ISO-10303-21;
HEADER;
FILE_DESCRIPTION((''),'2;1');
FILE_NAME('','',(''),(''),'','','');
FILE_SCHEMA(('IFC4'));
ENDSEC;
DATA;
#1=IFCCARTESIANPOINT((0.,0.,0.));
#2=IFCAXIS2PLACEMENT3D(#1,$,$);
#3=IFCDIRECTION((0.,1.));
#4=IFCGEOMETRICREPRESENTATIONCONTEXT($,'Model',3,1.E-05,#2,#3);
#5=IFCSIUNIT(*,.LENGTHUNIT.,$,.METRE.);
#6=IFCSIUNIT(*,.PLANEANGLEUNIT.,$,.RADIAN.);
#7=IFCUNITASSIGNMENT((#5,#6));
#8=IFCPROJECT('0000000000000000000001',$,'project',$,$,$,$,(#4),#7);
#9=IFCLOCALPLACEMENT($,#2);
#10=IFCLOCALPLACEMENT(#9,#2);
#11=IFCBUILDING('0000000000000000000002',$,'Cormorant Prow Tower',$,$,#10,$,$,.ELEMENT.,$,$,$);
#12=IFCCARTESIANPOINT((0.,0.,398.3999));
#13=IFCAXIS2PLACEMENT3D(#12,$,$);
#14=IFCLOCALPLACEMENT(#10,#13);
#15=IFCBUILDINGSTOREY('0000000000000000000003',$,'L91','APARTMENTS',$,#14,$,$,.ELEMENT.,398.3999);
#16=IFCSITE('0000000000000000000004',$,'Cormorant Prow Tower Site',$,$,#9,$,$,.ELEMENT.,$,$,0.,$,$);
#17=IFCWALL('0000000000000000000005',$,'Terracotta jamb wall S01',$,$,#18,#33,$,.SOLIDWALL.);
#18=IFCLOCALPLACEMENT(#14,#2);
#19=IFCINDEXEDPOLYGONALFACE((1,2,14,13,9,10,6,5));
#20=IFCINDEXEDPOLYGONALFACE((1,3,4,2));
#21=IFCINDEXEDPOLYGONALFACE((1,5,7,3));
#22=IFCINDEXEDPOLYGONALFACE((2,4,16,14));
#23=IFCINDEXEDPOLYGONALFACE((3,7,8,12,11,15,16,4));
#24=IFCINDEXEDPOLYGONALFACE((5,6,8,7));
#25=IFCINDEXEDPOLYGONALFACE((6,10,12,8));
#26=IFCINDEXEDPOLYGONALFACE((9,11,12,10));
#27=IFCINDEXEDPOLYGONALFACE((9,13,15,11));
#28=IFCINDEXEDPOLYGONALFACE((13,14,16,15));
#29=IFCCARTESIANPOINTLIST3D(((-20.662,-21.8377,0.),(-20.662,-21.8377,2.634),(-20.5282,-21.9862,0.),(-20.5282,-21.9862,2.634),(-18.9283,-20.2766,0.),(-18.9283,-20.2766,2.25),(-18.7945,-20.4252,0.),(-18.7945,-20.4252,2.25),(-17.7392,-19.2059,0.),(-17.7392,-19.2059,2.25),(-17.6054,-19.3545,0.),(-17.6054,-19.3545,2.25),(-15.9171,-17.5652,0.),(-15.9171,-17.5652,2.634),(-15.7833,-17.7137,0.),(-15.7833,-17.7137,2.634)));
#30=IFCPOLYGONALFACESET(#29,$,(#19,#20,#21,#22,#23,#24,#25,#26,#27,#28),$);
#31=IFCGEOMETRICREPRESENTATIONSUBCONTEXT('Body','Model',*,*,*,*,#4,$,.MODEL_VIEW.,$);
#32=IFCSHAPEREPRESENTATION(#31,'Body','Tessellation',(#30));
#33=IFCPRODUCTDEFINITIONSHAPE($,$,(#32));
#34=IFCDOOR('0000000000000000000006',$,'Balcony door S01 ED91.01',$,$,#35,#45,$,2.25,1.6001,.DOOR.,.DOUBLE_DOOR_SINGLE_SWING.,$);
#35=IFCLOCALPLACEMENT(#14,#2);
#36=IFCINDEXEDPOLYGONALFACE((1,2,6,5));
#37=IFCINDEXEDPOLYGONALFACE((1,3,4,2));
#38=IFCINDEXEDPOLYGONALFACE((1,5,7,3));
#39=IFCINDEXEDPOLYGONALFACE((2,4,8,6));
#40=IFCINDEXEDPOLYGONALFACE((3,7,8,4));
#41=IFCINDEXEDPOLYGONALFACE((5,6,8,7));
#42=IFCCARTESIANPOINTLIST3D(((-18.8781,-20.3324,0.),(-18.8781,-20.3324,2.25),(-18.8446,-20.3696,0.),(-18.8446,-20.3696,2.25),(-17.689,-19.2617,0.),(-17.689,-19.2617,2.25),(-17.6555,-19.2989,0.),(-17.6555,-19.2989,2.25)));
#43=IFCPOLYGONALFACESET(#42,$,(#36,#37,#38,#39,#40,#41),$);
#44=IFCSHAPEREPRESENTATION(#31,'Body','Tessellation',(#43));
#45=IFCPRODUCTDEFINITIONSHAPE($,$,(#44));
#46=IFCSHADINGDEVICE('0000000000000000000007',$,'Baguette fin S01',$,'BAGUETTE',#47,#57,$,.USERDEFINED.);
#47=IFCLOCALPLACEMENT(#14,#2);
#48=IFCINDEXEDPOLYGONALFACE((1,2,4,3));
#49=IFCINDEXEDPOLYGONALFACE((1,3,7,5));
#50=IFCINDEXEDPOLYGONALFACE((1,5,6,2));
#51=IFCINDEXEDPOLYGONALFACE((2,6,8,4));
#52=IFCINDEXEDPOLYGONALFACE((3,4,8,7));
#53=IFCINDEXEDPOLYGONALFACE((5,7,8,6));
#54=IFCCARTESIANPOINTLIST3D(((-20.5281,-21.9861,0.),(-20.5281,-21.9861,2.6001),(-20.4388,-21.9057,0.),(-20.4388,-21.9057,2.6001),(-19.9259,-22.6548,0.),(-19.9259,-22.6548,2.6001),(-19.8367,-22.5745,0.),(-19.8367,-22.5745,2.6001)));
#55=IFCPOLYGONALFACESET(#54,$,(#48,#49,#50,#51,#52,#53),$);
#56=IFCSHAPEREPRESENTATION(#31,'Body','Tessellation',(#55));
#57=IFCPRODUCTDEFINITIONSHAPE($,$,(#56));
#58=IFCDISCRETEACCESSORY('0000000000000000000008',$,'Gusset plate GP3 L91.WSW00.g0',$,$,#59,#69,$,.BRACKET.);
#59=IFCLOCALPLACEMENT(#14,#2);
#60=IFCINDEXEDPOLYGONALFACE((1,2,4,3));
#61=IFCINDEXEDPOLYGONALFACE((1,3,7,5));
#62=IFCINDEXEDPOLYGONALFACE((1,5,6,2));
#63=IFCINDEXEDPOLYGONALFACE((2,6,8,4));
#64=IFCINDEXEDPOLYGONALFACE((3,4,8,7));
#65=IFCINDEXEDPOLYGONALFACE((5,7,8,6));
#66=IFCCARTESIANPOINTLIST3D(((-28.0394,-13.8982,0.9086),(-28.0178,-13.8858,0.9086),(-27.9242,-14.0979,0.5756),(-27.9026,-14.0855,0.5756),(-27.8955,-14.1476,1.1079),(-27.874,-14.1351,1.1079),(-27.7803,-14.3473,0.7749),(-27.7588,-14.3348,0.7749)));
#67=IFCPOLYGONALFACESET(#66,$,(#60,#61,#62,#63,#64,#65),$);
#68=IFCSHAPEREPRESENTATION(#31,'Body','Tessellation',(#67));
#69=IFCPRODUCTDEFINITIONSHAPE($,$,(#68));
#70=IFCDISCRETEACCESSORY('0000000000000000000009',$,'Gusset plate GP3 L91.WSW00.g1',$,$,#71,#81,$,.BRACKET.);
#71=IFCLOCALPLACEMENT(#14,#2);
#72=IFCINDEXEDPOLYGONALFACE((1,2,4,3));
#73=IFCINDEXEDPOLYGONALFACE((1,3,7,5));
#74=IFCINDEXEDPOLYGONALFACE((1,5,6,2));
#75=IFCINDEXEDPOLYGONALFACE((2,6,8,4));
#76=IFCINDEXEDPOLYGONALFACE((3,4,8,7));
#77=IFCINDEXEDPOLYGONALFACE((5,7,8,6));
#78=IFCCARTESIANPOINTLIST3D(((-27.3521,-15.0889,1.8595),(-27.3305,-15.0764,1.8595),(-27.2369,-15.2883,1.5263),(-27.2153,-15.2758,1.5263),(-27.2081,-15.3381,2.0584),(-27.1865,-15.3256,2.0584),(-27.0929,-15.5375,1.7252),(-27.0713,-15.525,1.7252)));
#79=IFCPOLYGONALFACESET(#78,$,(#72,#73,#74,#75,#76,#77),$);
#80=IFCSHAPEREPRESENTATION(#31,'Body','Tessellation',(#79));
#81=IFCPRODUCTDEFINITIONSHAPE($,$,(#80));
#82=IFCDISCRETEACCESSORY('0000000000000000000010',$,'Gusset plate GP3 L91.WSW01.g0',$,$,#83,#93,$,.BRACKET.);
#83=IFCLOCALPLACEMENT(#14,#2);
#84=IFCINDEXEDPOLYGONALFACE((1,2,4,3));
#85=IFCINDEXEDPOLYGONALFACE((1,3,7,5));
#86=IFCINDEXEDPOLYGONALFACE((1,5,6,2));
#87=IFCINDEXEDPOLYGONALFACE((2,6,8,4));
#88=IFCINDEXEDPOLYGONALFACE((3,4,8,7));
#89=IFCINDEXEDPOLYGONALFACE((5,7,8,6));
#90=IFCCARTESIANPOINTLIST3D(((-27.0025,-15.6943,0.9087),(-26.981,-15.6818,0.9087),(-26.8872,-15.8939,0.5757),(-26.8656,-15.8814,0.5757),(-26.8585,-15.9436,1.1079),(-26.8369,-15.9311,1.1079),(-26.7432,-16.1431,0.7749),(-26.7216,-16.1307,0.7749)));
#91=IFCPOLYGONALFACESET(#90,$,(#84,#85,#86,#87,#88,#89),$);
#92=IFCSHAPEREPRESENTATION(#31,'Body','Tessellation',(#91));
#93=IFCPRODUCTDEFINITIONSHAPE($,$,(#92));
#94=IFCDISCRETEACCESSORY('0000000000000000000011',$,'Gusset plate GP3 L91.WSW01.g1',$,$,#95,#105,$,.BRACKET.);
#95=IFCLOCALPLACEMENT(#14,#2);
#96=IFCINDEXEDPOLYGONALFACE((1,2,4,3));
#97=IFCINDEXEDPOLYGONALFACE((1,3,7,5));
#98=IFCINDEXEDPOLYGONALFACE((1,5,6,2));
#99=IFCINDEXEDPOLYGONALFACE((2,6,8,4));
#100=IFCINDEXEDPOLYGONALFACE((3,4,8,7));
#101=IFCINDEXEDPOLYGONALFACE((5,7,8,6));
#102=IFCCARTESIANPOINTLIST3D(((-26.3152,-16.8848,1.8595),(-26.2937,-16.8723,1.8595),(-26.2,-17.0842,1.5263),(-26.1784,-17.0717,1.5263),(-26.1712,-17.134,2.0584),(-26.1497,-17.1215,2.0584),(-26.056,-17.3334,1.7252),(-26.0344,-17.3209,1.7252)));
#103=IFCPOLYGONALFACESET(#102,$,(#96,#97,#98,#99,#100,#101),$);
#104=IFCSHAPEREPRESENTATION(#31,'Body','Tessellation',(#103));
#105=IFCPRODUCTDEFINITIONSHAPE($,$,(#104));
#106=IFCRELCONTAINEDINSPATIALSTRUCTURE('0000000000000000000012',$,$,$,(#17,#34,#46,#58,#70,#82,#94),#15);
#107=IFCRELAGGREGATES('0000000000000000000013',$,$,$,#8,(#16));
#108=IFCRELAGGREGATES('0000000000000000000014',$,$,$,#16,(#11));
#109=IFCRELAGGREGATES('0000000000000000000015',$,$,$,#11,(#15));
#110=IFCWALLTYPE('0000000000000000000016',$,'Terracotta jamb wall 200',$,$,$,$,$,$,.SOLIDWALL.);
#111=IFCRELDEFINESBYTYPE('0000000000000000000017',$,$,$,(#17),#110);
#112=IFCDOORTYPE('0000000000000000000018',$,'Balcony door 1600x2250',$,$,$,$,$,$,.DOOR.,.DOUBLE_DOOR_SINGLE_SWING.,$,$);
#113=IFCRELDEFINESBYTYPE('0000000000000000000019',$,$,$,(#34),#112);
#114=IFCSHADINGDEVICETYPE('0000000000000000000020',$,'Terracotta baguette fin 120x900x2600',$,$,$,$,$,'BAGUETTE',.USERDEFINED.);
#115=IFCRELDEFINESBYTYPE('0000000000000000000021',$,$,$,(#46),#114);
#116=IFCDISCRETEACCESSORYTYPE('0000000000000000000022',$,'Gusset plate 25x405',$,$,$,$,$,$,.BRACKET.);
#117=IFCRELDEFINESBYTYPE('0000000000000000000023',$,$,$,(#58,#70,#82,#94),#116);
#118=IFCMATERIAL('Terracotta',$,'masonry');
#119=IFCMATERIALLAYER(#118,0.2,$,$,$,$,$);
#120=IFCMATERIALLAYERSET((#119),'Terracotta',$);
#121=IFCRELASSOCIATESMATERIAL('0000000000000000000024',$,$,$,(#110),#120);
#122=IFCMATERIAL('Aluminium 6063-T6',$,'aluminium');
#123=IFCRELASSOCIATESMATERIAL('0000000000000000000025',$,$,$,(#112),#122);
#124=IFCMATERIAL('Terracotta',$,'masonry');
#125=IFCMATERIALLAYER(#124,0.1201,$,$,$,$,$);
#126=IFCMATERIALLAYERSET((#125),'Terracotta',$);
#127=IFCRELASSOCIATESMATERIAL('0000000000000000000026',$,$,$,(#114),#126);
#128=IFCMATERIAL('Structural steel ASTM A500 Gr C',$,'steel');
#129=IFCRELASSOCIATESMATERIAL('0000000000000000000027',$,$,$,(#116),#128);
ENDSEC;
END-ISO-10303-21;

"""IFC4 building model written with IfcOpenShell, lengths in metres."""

from ifc_helpers import new_model, si_unit, direction, frame, frame_2d, origin, origin_2d, place, context, subcontext, project, spatial, rectangle, extrude, material, layer, layer_set, material_profile, profile_set, type_object, element, fill, save


model = new_model("IFC4")

# Units and contexts
model_context = context("Model", 3, precision=1e-05, world=origin(), true_north=direction((0.0, 1.0)))
body_context = subcontext(model_context, "Body", "Model", "MODEL_VIEW")
ifc_project = project(units=[si_unit("LENGTHUNIT", "METRE"), si_unit("PLANEANGLEUNIT", "RADIAN")], contexts=[model_context])

# Site, building, storey
site_placement = place(None, origin())
site = spatial("IfcSite", under=ifc_project, at=site_placement, Name="Cormorant Prow Tower Site", CompositionType="ELEMENT", RefElevation=0.0)
building_placement = place(site_placement, origin())
building = spatial("IfcBuilding", under=site, at=building_placement, Name="Cormorant Prow Tower", CompositionType="ELEMENT")
storey_placement = place(building_placement, frame((0.0, 0.0, 398.3999)))
storey = spatial("IfcBuildingStorey", under=building, at=storey_placement, Name="L91", Description="APARTMENTS", CompositionType="ELEMENT", Elevation=398.3999)

# Wall, opening, door
ifc_material_1 = material(Name="Terracotta", Category="masonry")
ifc_layer_1 = layer(ifc_material_1, 0.2)
ifc_layer_set_1 = layer_set([ifc_layer_1], Name="Terracotta")
wall_type_1 = type_object("IfcWallType", Name="Terracotta jamb wall 200", PredefinedType="SOLIDWALL", material=ifc_layer_set_1)
wall_1_placement = place(storey_placement, frame((-20.595, -21.9119, 0.0), z_axis=(0.0, 0.0, 1.0), x_axis=(0.743133, 0.669144, 0.0)))
wall_1 = element("IfcWall", 1, at=wall_1_placement, inside=storey, type_object=wall_type_1, Name="Terracotta jamb wall S01", PredefinedType="SOLIDWALL", context=body_context, shape_type="SweptSolid", body=[
    extrude(rectangle(XDim=6.385, YDim=0.2, at=frame_2d((3.1924, 0.0))), origin(), (0.0, 0.0, 1.0), 2.634),
])
opening_1_placement = place(wall_1_placement, frame((2.3328, 0.0, 0.0)))
opening_1 = element("IfcOpeningElement", 2, at=opening_1_placement, cuts=wall_1, PredefinedType="OPENING", context=body_context, shape_type="SweptSolid", body=[
    extrude(rectangle(XDim=1.6001, YDim=2.25, at=frame_2d((0.8, 1.125))), frame((0.0, 0.1099, 0.0), z_axis=(0.0, -1.0, 0.0), x_axis=(1.0, 0.0, 0.0)), (0.0, 0.0, 1.0), 0.22),
])
ifc_material_2 = material(Name="Aluminium 6063-T6", Category="aluminium")
door_type_1 = type_object("IfcDoorType", Name="Balcony door 1600x2250", OperationType="DOUBLE_DOOR_SINGLE_SWING", PredefinedType="DOOR", material=ifc_material_2)
door_1_placement = place(opening_1_placement, origin())
door_1 = element("IfcDoor", 3, at=door_1_placement, inside=storey, type_object=door_type_1, Name="Balcony door S01 ED91.01", OperationType="DOUBLE_DOOR_SINGLE_SWING", OverallHeight=2.25, OverallWidth=1.6001, PredefinedType="DOOR", context=body_context, shape_type="SweptSolid", body=[
    extrude(rectangle(XDim=1.6001, YDim=2.25, at=frame_2d((0.8, 1.125))), frame((0.0, 0.0249, 0.0), z_axis=(0.0, -1.0, 0.0), x_axis=(1.0, 0.0, 0.0)), (0.0, 0.0, 1.0), 0.05),
])
fill(opening_1, door_1)

# Shading device
ifc_material_3 = material(Name="Terracotta", Category="masonry")
ifc_layer_2 = layer(ifc_material_3, 0.1201)
ifc_layer_set_2 = layer_set([ifc_layer_2], Name="Terracotta")
shading_device_type = type_object("IfcShadingDeviceType", Name="Terracotta baguette fin 120x900x2600", ElementType="BAGUETTE", PredefinedType="USERDEFINED", material=ifc_layer_set_2)
shading_device_placement = place(storey_placement, frame((-20.1824, -22.2803, 0.0), z_axis=(0.0, 0.0, 1.0), x_axis=(0.743145, 0.669131, 0.0)))
element("IfcShadingDevice", 4, at=shading_device_placement, inside=storey, type_object=shading_device_type, Name="Baguette fin S01", ObjectType="BAGUETTE", PredefinedType="USERDEFINED", context=body_context, shape_type="SweptSolid", body=[
    extrude(rectangle(XDim=0.1201, YDim=0.8999, at=origin_2d()), origin(), (0.0, 0.0, 1.0), 2.6001),
])

# Discrete accessories
ifc_material_4 = material(Name="Structural steel ASTM A500 Gr C", Category="steel")
ifc_material_profile_1 = material_profile(ifc_material_4, rectangle(XDim=0.0249, YDim=0.405, at=origin_2d()), Name="Gusset plate 25x405")
ifc_profile_set_1 = profile_set([ifc_material_profile_1], Name="Structural steel ASTM A500 Gr C")
discrete_accessory_type = type_object("IfcDiscreteAccessoryType", Name="Gusset plate 25x405", PredefinedType="BRACKET", material=ifc_profile_set_1)
discrete_accessory_1_placement = place(storey_placement, frame((-27.8271, -14.2412, 0.9414), z_axis=(-0.410853, 0.712192, -0.569195), x_axis=(-0.8662, -0.499698, 0.0)))
element("IfcDiscreteAccessory", 5, at=discrete_accessory_1_placement, inside=storey, type_object=discrete_accessory_type, Name="Gusset plate GP3 L91.WSW00.g0", PredefinedType="BRACKET", context=body_context, shape_type="SweptSolid", body=[
    extrude(rectangle(XDim=0.0249, YDim=0.405, at=origin_2d()), origin(), (0.0, 0.0, 1.0), 0.3501),
])
discrete_accessory_2_placement = place(storey_placement, frame((-27.2837, -15.1824, 1.6929), z_axis=(0.411596, -0.71227, 0.56856), x_axis=(0.865832, 0.500334, 0.0)))
element("IfcDiscreteAccessory", 6, at=discrete_accessory_2_placement, inside=storey, type_object=discrete_accessory_type, Name="Gusset plate GP3 L91.WSW00.g1", PredefinedType="BRACKET", context=body_context, shape_type="SweptSolid", body=[
    extrude(rectangle(XDim=0.0249, YDim=0.405, at=origin_2d()), origin(), (0.0, 0.0, 1.0), 0.3499),
])
discrete_accessory_3_placement = place(storey_placement, frame((-26.79, -16.0371, 0.9414), z_axis=(-0.411432, 0.711987, -0.569032), x_axis=(-0.865832, -0.500334, 0.0)))
element("IfcDiscreteAccessory", 7, at=discrete_accessory_3_placement, inside=storey, type_object=discrete_accessory_type, Name="Gusset plate GP3 L91.WSW01.g0", PredefinedType="BRACKET", context=body_context, shape_type="SweptSolid", body=[
    extrude(rectangle(XDim=0.0249, YDim=0.405, at=origin_2d()), origin(), (0.0, 0.0, 1.0), 0.3501),
])
discrete_accessory_4_placement = place(storey_placement, frame((-26.2468, -16.9783, 1.6929), z_axis=(0.411596, -0.71227, 0.56856), x_axis=(0.865832, 0.500334, 0.0)))
element("IfcDiscreteAccessory", 8, at=discrete_accessory_4_placement, inside=storey, type_object=discrete_accessory_type, Name="Gusset plate GP3 L91.WSW01.g1", PredefinedType="BRACKET", context=body_context, shape_type="SweptSolid", body=[
    extrude(rectangle(XDim=0.0249, YDim=0.405, at=origin_2d()), origin(), (0.0, 0.0, 1.0), 0.3499),
])

save(model, "model.ifc")
